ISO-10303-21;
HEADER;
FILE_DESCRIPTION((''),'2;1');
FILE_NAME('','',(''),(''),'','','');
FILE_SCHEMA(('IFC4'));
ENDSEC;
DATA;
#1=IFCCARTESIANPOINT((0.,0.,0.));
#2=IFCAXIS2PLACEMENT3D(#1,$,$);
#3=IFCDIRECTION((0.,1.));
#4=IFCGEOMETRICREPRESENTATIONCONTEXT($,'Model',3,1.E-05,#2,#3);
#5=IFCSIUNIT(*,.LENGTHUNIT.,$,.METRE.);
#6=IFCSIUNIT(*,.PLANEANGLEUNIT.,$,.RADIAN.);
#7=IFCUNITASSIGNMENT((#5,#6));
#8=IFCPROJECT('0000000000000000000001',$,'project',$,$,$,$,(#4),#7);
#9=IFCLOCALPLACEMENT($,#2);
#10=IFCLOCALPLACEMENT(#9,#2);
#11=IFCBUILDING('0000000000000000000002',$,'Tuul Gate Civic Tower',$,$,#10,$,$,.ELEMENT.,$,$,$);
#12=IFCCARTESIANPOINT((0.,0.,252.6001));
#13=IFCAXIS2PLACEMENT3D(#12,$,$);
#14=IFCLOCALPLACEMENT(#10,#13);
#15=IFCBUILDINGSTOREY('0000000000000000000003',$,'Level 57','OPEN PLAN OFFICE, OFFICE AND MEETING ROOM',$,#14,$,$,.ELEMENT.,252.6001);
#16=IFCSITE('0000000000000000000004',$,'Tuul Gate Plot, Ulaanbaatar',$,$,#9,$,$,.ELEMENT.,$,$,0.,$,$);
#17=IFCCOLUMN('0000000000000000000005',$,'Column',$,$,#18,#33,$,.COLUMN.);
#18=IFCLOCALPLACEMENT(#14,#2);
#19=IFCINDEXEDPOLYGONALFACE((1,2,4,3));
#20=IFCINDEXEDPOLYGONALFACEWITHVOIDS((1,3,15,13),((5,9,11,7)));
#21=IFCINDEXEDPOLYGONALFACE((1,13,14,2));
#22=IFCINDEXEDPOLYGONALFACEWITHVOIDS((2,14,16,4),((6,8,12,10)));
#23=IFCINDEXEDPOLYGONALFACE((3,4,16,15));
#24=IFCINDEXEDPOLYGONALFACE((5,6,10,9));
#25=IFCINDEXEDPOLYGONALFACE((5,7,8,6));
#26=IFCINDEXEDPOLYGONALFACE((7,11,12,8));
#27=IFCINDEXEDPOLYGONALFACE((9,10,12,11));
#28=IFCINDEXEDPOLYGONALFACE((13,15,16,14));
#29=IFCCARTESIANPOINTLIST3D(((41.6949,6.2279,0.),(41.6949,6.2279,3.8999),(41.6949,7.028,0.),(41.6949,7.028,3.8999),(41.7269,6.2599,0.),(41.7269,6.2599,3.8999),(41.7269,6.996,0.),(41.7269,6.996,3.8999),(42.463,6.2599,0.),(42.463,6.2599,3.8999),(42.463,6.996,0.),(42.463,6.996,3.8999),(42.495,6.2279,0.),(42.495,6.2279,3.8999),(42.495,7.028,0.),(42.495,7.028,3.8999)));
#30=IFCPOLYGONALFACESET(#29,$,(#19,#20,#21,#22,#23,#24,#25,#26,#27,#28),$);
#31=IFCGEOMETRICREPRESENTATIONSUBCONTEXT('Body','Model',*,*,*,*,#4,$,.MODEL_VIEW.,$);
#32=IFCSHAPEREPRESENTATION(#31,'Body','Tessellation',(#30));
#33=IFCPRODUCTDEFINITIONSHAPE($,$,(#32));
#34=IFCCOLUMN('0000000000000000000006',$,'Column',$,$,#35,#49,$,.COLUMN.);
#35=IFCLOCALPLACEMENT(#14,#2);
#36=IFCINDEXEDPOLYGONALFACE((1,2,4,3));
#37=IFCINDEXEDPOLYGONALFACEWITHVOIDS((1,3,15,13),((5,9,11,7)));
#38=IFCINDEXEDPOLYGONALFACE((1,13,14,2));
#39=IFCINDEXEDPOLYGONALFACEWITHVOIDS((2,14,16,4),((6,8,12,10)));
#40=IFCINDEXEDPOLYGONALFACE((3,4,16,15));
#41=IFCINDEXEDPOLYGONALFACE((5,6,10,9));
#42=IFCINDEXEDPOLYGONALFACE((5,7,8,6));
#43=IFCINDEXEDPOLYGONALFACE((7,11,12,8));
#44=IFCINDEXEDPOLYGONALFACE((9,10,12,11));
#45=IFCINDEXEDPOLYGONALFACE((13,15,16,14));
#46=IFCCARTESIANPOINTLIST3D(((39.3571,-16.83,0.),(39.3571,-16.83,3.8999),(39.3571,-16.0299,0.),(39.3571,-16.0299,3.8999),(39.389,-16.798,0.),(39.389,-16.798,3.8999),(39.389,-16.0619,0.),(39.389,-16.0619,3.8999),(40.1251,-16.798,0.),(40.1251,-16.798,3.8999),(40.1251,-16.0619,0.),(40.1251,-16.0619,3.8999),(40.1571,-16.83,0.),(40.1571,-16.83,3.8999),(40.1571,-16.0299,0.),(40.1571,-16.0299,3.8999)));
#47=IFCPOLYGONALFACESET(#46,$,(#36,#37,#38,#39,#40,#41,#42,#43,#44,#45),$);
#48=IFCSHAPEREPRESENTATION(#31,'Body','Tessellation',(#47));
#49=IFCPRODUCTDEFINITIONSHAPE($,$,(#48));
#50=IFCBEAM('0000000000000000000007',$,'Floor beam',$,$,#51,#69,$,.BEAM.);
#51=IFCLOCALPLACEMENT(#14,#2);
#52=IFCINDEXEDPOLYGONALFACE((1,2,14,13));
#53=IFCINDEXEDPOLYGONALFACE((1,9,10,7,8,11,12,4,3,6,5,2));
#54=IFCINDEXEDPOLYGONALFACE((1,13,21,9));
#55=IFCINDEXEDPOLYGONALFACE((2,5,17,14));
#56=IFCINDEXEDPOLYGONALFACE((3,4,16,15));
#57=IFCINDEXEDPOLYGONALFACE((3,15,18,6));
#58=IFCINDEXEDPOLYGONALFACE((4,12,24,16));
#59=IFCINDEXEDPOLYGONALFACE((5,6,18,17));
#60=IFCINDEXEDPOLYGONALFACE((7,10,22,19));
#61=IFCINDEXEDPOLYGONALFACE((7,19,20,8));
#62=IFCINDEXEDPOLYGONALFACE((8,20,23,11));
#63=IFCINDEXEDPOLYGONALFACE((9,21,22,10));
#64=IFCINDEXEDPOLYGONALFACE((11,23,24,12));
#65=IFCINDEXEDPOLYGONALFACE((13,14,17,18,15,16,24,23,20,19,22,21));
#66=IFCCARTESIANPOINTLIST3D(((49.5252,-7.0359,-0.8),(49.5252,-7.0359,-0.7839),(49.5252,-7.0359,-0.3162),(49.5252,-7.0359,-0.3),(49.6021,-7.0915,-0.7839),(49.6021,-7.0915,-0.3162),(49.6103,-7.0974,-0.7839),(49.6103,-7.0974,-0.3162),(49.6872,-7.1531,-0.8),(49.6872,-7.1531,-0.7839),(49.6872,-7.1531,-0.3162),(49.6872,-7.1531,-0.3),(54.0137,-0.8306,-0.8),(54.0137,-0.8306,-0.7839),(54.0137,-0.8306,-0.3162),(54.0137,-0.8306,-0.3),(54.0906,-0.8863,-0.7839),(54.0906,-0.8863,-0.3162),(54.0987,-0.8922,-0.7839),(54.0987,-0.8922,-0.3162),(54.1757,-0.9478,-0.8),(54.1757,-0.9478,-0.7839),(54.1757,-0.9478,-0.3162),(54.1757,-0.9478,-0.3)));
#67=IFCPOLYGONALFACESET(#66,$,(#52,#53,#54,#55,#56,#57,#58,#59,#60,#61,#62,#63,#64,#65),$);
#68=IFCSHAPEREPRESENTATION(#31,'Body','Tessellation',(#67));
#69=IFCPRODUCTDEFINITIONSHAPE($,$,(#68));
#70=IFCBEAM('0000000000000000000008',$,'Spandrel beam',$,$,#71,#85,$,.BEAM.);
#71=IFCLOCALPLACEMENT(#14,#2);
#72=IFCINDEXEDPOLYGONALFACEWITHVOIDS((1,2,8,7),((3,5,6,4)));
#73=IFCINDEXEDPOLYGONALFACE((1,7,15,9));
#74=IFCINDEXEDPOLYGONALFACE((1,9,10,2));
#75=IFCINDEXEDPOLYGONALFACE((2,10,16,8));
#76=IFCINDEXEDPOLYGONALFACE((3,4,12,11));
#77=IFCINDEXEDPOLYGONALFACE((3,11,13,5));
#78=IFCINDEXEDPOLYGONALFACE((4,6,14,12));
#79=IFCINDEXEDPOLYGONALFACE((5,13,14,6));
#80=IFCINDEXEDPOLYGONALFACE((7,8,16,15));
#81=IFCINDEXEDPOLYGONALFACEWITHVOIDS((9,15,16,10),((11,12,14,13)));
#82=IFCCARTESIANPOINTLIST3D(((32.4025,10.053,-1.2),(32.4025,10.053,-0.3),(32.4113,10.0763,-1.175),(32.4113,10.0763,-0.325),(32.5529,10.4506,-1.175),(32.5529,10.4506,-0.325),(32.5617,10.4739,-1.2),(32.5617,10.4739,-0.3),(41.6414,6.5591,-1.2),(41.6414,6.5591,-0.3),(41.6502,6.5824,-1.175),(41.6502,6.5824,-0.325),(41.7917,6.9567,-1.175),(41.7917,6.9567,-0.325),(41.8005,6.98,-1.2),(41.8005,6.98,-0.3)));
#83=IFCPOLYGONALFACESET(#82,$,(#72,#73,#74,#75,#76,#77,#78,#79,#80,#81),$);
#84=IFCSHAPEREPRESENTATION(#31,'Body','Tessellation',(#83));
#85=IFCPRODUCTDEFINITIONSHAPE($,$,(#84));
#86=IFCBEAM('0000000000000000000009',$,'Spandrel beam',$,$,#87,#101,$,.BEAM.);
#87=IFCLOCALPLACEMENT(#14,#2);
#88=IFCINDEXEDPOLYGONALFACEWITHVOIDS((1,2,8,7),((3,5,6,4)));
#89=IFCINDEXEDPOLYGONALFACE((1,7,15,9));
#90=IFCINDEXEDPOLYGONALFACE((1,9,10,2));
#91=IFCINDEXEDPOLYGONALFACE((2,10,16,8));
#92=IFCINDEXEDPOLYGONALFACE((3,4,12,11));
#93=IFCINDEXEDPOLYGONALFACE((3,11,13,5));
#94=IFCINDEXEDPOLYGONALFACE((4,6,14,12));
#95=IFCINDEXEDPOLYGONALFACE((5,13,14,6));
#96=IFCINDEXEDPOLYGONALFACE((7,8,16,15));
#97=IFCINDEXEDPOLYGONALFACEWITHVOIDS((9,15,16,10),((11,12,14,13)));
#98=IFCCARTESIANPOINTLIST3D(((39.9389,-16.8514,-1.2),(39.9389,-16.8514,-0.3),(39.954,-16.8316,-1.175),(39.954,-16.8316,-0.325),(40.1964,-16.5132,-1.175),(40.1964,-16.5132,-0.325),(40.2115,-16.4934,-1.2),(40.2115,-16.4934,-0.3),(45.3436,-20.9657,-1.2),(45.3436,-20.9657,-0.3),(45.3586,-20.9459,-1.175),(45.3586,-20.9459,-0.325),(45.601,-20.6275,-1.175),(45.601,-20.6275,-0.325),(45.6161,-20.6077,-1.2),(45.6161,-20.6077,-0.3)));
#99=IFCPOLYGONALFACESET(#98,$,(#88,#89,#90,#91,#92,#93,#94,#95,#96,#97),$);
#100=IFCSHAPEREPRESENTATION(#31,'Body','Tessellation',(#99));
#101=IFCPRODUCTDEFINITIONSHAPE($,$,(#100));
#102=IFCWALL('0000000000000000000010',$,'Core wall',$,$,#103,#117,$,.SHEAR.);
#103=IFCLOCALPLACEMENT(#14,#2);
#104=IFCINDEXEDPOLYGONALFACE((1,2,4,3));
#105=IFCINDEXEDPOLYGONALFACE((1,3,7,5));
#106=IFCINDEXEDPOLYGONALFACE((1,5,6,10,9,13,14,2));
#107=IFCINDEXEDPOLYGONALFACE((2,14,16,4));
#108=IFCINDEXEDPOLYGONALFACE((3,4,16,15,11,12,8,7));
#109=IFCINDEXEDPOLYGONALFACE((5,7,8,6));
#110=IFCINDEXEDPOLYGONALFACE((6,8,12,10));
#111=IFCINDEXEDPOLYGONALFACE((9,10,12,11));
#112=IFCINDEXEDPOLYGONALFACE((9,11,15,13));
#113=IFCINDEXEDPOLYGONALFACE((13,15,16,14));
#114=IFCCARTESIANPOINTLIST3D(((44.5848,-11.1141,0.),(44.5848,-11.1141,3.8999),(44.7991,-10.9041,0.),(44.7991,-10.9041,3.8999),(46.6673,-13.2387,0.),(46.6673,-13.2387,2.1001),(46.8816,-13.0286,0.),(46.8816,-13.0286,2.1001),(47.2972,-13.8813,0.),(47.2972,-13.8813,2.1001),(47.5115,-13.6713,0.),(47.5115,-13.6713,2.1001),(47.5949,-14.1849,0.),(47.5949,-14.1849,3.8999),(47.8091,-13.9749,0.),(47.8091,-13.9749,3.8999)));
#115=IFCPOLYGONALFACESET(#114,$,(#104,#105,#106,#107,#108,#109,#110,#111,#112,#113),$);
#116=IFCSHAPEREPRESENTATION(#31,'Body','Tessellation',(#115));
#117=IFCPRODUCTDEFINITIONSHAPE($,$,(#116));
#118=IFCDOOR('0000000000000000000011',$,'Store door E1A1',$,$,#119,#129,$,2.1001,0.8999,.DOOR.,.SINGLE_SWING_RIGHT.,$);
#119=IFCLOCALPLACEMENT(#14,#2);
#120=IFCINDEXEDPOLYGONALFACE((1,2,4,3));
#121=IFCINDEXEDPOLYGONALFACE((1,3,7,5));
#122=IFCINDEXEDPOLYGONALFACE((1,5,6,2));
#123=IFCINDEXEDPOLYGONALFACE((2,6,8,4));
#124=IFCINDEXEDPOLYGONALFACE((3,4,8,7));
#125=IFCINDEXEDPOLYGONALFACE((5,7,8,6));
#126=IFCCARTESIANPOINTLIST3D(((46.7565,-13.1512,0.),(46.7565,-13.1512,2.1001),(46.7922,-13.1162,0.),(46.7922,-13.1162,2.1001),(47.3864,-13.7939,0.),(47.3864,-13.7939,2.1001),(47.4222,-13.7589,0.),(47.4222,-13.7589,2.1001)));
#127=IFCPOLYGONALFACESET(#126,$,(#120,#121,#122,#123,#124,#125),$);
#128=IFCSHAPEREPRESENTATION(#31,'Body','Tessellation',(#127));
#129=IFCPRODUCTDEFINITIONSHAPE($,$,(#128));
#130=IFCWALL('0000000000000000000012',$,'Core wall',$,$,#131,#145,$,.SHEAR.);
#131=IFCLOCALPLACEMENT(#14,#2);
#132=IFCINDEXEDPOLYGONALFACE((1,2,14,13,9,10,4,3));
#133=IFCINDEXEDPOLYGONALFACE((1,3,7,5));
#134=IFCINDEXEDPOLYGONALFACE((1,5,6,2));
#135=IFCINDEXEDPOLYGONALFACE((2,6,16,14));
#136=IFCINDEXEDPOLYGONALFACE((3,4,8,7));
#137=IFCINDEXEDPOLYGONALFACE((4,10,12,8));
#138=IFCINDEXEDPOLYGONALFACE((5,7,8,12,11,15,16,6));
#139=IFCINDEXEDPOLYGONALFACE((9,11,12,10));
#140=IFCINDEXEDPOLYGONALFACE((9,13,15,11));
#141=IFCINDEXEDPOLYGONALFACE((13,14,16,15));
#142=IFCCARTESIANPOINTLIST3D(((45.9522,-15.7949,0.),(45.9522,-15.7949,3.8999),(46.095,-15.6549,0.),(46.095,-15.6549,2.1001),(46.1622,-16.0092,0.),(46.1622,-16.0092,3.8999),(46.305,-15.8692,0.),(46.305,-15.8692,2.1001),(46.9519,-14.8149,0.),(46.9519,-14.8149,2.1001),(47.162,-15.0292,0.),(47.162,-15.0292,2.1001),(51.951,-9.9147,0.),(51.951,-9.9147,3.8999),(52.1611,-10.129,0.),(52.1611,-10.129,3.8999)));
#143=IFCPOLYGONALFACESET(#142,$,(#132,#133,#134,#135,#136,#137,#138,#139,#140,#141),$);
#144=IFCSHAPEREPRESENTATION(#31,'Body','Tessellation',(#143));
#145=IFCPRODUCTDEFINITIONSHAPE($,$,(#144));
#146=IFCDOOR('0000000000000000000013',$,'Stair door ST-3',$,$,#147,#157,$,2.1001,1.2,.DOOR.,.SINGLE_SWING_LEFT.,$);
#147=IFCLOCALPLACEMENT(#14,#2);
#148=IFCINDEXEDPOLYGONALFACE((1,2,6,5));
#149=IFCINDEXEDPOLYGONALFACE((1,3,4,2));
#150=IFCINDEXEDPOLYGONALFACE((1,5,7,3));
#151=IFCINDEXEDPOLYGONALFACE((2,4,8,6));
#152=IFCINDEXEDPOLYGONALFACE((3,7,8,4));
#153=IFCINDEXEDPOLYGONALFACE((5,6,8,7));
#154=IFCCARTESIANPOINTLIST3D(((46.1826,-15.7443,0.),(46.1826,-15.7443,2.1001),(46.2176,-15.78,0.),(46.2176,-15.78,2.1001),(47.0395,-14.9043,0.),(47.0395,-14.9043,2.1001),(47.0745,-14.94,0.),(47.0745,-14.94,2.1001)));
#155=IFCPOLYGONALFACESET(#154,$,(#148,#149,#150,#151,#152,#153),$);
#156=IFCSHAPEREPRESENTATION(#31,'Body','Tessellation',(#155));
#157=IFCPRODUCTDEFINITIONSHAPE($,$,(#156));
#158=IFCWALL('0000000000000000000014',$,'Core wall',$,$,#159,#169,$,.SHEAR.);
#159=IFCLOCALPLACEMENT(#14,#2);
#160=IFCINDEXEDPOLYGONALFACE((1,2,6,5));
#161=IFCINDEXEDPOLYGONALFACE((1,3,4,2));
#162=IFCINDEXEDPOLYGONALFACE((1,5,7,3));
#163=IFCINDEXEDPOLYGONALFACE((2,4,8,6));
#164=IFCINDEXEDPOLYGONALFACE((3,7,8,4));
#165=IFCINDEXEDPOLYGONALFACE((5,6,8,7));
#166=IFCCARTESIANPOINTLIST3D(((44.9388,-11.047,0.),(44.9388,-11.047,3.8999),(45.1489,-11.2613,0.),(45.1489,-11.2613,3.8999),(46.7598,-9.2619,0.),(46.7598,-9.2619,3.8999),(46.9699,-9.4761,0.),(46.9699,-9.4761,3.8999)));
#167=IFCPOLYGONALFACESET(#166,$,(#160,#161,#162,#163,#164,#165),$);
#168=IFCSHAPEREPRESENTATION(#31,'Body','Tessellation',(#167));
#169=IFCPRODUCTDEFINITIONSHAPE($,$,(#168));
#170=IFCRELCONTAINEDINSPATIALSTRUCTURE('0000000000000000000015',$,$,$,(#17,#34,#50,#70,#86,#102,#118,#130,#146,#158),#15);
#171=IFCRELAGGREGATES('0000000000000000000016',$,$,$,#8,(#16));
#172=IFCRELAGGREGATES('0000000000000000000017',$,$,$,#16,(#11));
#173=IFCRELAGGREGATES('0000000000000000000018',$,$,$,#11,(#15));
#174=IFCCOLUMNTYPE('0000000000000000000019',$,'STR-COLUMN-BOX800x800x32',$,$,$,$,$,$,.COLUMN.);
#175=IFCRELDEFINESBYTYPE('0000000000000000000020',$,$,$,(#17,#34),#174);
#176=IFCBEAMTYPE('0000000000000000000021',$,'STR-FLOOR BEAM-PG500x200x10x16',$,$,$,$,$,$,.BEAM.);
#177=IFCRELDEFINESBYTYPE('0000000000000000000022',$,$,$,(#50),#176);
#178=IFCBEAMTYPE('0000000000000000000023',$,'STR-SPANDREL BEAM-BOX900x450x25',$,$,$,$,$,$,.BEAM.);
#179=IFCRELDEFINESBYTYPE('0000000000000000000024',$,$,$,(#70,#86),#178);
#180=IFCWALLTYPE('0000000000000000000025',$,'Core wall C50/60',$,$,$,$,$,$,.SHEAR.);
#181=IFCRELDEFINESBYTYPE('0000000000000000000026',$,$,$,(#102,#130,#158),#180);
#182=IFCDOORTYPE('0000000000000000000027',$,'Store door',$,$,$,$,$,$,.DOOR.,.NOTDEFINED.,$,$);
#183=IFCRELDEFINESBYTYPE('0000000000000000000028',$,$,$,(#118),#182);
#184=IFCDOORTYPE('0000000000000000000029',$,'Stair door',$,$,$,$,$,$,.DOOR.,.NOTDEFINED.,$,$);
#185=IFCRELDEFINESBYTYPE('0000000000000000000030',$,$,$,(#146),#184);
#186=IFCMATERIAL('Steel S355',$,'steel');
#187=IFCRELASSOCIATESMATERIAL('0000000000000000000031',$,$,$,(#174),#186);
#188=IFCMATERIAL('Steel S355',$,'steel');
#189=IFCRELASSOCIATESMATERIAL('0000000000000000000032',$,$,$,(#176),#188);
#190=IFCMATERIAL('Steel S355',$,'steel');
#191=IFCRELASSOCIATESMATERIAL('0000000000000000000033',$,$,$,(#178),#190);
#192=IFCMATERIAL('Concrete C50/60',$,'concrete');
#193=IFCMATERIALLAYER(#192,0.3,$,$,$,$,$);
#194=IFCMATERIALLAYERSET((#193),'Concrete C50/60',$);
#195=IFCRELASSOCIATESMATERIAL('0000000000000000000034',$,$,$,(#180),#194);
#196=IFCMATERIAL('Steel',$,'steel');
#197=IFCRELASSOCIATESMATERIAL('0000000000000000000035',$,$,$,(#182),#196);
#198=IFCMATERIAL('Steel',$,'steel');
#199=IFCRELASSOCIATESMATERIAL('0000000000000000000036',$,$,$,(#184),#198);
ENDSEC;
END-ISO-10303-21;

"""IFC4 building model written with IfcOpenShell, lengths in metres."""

from ifc_helpers import new_model, si_unit, direction, frame, frame_2d, origin, origin_2d, place, context, subcontext, project, spatial, rectangle, hollow_rectangle, i_section, extrude, material, layer, layer_set, material_profile, profile_set, type_object, element, fill, save


model = new_model("IFC4")

# Units and contexts
model_context = context("Model", 3, precision=1e-05, world=origin(), true_north=direction((0.0, 1.0)))
body_context = subcontext(model_context, "Body", "Model", "MODEL_VIEW")
ifc_project = project(units=[si_unit("LENGTHUNIT", "METRE"), si_unit("PLANEANGLEUNIT", "RADIAN")], contexts=[model_context])

# Site, building, storey
site_placement = place(None, origin())
site = spatial("IfcSite", under=ifc_project, at=site_placement, Name="Tuul Gate Plot, Ulaanbaatar", CompositionType="ELEMENT", RefElevation=0.0)
building_placement = place(site_placement, origin())
building = spatial("IfcBuilding", under=site, at=building_placement, Name="Tuul Gate Civic Tower", CompositionType="ELEMENT")
storey_placement = place(building_placement, frame((0.0, 0.0, 252.6001)))
storey = spatial("IfcBuildingStorey", under=building, at=storey_placement, Name="Level 57", Description="OPEN PLAN OFFICE, OFFICE AND MEETING ROOM", CompositionType="ELEMENT", Elevation=252.6001)

# Columns
ifc_material_1 = material(Name="Steel S355", Category="steel")
ifc_material_profile_1 = material_profile(ifc_material_1, hollow_rectangle(XDim=0.8, YDim=0.8, WallThickness=0.032, at=origin_2d()), Name="BOX800x800x32")
ifc_profile_set_1 = profile_set([ifc_material_profile_1], Name="Steel S355")
column_type = type_object("IfcColumnType", Name="STR-COLUMN-BOX800x800x32", PredefinedType="COLUMN", material=ifc_profile_set_1)
for number, where, z_axis, x_axis, name in (
    (1, (42.095, 6.6279, 0.0), (0.0, 0.0, 1.0), (1.0, 0.0, 0.0), "Column"),
    (2, (39.7571, -16.4299, 0.0), (0.0, 0.0, 1.0), (1.0, 0.0, 0.0), "Column"),
):
    element("IfcColumn", number, at=place(storey_placement, frame(where, z_axis=z_axis, x_axis=x_axis)), inside=storey, type_object=column_type, Name=name, PredefinedType="COLUMN", context=body_context, shape_type="SweptSolid", body=[
        extrude(hollow_rectangle(XDim=0.8, YDim=0.8, WallThickness=0.032, at=origin_2d()), origin(), (0.0, 0.0, 1.0), 3.8999),
    ])

# Beams
ifc_material_2 = material(Name="Steel S355", Category="steel")
ifc_material_profile_2 = material_profile(ifc_material_2, i_section(OverallWidth=0.2, OverallDepth=0.5, WebThickness=0.01, FlangeThickness=0.0161, at=origin_2d()), Name="PG500x200x10x16")
ifc_profile_set_2 = profile_set([ifc_material_profile_2], Name="Steel S355")
beam_type_1 = type_object("IfcBeamType", Name="STR-FLOOR BEAM-PG500x200x10x16", PredefinedType="BEAM", material=ifc_profile_set_2)
beam_1_placement = place(storey_placement, frame((49.6062, -7.0945, -0.55), z_axis=(0.586083, 0.810251, 0.0), x_axis=(-0.810251, 0.586083, 0.0)))
element("IfcBeam", 3, at=beam_1_placement, inside=storey, type_object=beam_type_1, Name="Floor beam", PredefinedType="BEAM", context=body_context, shape_type="SweptSolid", body=[
    extrude(i_section(OverallWidth=0.2, OverallDepth=0.5, WebThickness=0.01, FlangeThickness=0.0161, at=origin_2d()), origin(), (0.0, 0.0, 1.0), 7.6584),
])
ifc_material_3 = material(Name="Steel S355", Category="steel")
ifc_material_profile_3 = material_profile(ifc_material_3, hollow_rectangle(XDim=0.45, YDim=0.8999, WallThickness=0.0249, at=origin_2d()), Name="BOX900x450x25")
ifc_profile_set_3 = profile_set([ifc_material_profile_3], Name="Steel S355")
beam_type_2 = type_object("IfcBeamType", Name="STR-SPANDREL BEAM-BOX900x450x25", PredefinedType="BEAM", material=ifc_profile_set_3)
beam_2_placement = place(storey_placement, frame((41.7209, 6.7695, -0.75), z_axis=(-0.935348, 0.353728, 0.0), x_axis=(-0.353728, -0.935348, 0.0)))
element("IfcBeam", 4, at=beam_2_placement, inside=storey, type_object=beam_type_2, Name="Spandrel beam", PredefinedType="BEAM", context=body_context, shape_type="SweptSolid", body=[
    extrude(hollow_rectangle(XDim=0.45, YDim=0.8999, WallThickness=0.0249, at=origin_2d()), origin(), (0.0, 0.0, 1.0), 9.8774),
])
beam_3_placement = place(storey_placement, frame((40.0752, -16.6724, -0.75), z_axis=(0.795679, -0.605718, 0.0), x_axis=(0.605718, 0.795679, 0.0)))
element("IfcBeam", 5, at=beam_3_placement, inside=storey, type_object=beam_type_2, Name="Spandrel beam", PredefinedType="BEAM", context=body_context, shape_type="SweptSolid", body=[
    extrude(hollow_rectangle(XDim=0.45, YDim=0.8999, WallThickness=0.0249, at=origin_2d()), origin(), (0.0, 0.0, 1.0), 6.7925),
])

# Walls, openings, doors
ifc_material_4 = material(Name="Concrete C50/60", Category="concrete")
ifc_layer_1 = layer(ifc_material_4, 0.3)
ifc_layer_set_1 = layer_set([ifc_layer_1], Name="Concrete C50/60")
wall_type_1 = type_object("IfcWallType", Name="Core wall C50/60", PredefinedType="SHEAR", material=ifc_layer_set_1)
wall_1_placement = place(storey_placement, frame((47.7019, -14.0798, 0.0), z_axis=(0.0, 0.0, 1.0), x_axis=(-0.700003, 0.71414, 0.0)))
wall_1 = element("IfcWall", 6, at=wall_1_placement, inside=storey, type_object=wall_type_1, Name="Core wall", PredefinedType="SHEAR", context=body_context, shape_type="SweptSolid", body=[
    extrude(rectangle(XDim=4.3, YDim=0.3, at=frame_2d((2.1499, 0.0))), origin(), (0.0, 0.0, 1.0), 3.8999),
])
opening_1_placement = place(wall_1_placement, frame((0.425, 0.0, 0.0)))
opening_1 = element("IfcOpeningElement", 7, at=opening_1_placement, cuts=wall_1, PredefinedType="OPENING", context=body_context, shape_type="SweptSolid", body=[
    extrude(rectangle(XDim=0.8999, YDim=2.1001, at=frame_2d((0.45, 1.05))), frame((0.0, 0.1602, 0.0), z_axis=(0.0, -1.0, 0.0), x_axis=(1.0, 0.0, 0.0)), (0.0, 0.0, 1.0), 0.3201),
])
ifc_material_5 = material(Name="Steel", Category="steel")
door_type_1 = type_object("IfcDoorType", Name="Store door", OperationType="NOTDEFINED", PredefinedType="DOOR", material=ifc_material_5)
door_1_placement = place(opening_1_placement, frame((0.8999, 0.0, 0.0), z_axis=(0.0, 0.0, 1.0), x_axis=(-1.0, 0.0, 0.0)))
door_1 = element("IfcDoor", 8, at=door_1_placement, inside=storey, type_object=door_type_1, Name="Store door E1A1", OperationType="SINGLE_SWING_RIGHT", OverallHeight=2.1001, OverallWidth=0.8999, PredefinedType="DOOR", context=body_context, shape_type="SweptSolid", body=[
    extrude(rectangle(XDim=0.8999, YDim=2.1001, at=frame_2d((0.45, 1.05))), frame((0.0, 0.0249, 0.0), z_axis=(0.0, -1.0, 0.0), x_axis=(1.0, 0.0, 0.0)), (0.0, 0.0, 1.0), 0.05),
])
fill(opening_1, door_1)
wall_2_placement = place(storey_placement, frame((46.0571, -15.9021, 0.0), z_axis=(0.0, 0.0, 1.0), x_axis=(0.714134, 0.700009, 0.0)))
wall_2 = element("IfcWall", 9, at=wall_2_placement, inside=storey, type_object=wall_type_1, Name="Core wall", PredefinedType="SHEAR", context=body_context, shape_type="SweptSolid", body=[
    extrude(rectangle(XDim=8.4001, YDim=0.3, at=frame_2d((4.2002, 0.0))), origin(), (0.0, 0.0, 1.0), 3.8999),
])
opening_2_placement = place(wall_2_placement, frame((0.2, 0.0, 0.0)))
opening_2 = element("IfcOpeningElement", 10, at=opening_2_placement, cuts=wall_2, PredefinedType="OPENING", context=body_context, shape_type="SweptSolid", body=[
    extrude(rectangle(XDim=1.2, YDim=2.1001, at=frame_2d((0.6001, 1.05))), frame((0.0, 0.1602, 0.0), z_axis=(0.0, -1.0, 0.0), x_axis=(1.0, 0.0, 0.0)), (0.0, 0.0, 1.0), 0.3201),
])
ifc_material_6 = material(Name="Steel", Category="steel")
door_type_2 = type_object("IfcDoorType", Name="Stair door", OperationType="NOTDEFINED", PredefinedType="DOOR", material=ifc_material_6)
door_2_placement = place(opening_2_placement, origin())
door_2 = element("IfcDoor", 11, at=door_2_placement, inside=storey, type_object=door_type_2, Name="Stair door ST-3", OperationType="SINGLE_SWING_LEFT", OverallHeight=2.1001, OverallWidth=1.2, PredefinedType="DOOR", context=body_context, shape_type="SweptSolid", body=[
    extrude(rectangle(XDim=1.2, YDim=2.1001, at=frame_2d((0.6001, 1.05))), frame((0.0, 0.0249, 0.0), z_axis=(0.0, -1.0, 0.0), x_axis=(1.0, 0.0, 0.0)), (0.0, 0.0, 1.0), 0.05),
])
fill(opening_2, door_2)

# Wall
wall_3_placement = place(storey_placement, frame((45.0439, -11.1541, 0.0), z_axis=(0.0, 0.0, 1.0), x_axis=(0.714108, 0.700035, 0.0)))
element("IfcWall", 12, at=wall_3_placement, inside=storey, type_object=wall_type_1, Name="Core wall", PredefinedType="SHEAR", context=body_context, shape_type="SweptSolid", body=[
    extrude(rectangle(XDim=2.55, YDim=0.3, at=frame_2d((1.2749, 0.0))), origin(), (0.0, 0.0, 1.0), 3.8999),
])

save(model, "model.ifc")
